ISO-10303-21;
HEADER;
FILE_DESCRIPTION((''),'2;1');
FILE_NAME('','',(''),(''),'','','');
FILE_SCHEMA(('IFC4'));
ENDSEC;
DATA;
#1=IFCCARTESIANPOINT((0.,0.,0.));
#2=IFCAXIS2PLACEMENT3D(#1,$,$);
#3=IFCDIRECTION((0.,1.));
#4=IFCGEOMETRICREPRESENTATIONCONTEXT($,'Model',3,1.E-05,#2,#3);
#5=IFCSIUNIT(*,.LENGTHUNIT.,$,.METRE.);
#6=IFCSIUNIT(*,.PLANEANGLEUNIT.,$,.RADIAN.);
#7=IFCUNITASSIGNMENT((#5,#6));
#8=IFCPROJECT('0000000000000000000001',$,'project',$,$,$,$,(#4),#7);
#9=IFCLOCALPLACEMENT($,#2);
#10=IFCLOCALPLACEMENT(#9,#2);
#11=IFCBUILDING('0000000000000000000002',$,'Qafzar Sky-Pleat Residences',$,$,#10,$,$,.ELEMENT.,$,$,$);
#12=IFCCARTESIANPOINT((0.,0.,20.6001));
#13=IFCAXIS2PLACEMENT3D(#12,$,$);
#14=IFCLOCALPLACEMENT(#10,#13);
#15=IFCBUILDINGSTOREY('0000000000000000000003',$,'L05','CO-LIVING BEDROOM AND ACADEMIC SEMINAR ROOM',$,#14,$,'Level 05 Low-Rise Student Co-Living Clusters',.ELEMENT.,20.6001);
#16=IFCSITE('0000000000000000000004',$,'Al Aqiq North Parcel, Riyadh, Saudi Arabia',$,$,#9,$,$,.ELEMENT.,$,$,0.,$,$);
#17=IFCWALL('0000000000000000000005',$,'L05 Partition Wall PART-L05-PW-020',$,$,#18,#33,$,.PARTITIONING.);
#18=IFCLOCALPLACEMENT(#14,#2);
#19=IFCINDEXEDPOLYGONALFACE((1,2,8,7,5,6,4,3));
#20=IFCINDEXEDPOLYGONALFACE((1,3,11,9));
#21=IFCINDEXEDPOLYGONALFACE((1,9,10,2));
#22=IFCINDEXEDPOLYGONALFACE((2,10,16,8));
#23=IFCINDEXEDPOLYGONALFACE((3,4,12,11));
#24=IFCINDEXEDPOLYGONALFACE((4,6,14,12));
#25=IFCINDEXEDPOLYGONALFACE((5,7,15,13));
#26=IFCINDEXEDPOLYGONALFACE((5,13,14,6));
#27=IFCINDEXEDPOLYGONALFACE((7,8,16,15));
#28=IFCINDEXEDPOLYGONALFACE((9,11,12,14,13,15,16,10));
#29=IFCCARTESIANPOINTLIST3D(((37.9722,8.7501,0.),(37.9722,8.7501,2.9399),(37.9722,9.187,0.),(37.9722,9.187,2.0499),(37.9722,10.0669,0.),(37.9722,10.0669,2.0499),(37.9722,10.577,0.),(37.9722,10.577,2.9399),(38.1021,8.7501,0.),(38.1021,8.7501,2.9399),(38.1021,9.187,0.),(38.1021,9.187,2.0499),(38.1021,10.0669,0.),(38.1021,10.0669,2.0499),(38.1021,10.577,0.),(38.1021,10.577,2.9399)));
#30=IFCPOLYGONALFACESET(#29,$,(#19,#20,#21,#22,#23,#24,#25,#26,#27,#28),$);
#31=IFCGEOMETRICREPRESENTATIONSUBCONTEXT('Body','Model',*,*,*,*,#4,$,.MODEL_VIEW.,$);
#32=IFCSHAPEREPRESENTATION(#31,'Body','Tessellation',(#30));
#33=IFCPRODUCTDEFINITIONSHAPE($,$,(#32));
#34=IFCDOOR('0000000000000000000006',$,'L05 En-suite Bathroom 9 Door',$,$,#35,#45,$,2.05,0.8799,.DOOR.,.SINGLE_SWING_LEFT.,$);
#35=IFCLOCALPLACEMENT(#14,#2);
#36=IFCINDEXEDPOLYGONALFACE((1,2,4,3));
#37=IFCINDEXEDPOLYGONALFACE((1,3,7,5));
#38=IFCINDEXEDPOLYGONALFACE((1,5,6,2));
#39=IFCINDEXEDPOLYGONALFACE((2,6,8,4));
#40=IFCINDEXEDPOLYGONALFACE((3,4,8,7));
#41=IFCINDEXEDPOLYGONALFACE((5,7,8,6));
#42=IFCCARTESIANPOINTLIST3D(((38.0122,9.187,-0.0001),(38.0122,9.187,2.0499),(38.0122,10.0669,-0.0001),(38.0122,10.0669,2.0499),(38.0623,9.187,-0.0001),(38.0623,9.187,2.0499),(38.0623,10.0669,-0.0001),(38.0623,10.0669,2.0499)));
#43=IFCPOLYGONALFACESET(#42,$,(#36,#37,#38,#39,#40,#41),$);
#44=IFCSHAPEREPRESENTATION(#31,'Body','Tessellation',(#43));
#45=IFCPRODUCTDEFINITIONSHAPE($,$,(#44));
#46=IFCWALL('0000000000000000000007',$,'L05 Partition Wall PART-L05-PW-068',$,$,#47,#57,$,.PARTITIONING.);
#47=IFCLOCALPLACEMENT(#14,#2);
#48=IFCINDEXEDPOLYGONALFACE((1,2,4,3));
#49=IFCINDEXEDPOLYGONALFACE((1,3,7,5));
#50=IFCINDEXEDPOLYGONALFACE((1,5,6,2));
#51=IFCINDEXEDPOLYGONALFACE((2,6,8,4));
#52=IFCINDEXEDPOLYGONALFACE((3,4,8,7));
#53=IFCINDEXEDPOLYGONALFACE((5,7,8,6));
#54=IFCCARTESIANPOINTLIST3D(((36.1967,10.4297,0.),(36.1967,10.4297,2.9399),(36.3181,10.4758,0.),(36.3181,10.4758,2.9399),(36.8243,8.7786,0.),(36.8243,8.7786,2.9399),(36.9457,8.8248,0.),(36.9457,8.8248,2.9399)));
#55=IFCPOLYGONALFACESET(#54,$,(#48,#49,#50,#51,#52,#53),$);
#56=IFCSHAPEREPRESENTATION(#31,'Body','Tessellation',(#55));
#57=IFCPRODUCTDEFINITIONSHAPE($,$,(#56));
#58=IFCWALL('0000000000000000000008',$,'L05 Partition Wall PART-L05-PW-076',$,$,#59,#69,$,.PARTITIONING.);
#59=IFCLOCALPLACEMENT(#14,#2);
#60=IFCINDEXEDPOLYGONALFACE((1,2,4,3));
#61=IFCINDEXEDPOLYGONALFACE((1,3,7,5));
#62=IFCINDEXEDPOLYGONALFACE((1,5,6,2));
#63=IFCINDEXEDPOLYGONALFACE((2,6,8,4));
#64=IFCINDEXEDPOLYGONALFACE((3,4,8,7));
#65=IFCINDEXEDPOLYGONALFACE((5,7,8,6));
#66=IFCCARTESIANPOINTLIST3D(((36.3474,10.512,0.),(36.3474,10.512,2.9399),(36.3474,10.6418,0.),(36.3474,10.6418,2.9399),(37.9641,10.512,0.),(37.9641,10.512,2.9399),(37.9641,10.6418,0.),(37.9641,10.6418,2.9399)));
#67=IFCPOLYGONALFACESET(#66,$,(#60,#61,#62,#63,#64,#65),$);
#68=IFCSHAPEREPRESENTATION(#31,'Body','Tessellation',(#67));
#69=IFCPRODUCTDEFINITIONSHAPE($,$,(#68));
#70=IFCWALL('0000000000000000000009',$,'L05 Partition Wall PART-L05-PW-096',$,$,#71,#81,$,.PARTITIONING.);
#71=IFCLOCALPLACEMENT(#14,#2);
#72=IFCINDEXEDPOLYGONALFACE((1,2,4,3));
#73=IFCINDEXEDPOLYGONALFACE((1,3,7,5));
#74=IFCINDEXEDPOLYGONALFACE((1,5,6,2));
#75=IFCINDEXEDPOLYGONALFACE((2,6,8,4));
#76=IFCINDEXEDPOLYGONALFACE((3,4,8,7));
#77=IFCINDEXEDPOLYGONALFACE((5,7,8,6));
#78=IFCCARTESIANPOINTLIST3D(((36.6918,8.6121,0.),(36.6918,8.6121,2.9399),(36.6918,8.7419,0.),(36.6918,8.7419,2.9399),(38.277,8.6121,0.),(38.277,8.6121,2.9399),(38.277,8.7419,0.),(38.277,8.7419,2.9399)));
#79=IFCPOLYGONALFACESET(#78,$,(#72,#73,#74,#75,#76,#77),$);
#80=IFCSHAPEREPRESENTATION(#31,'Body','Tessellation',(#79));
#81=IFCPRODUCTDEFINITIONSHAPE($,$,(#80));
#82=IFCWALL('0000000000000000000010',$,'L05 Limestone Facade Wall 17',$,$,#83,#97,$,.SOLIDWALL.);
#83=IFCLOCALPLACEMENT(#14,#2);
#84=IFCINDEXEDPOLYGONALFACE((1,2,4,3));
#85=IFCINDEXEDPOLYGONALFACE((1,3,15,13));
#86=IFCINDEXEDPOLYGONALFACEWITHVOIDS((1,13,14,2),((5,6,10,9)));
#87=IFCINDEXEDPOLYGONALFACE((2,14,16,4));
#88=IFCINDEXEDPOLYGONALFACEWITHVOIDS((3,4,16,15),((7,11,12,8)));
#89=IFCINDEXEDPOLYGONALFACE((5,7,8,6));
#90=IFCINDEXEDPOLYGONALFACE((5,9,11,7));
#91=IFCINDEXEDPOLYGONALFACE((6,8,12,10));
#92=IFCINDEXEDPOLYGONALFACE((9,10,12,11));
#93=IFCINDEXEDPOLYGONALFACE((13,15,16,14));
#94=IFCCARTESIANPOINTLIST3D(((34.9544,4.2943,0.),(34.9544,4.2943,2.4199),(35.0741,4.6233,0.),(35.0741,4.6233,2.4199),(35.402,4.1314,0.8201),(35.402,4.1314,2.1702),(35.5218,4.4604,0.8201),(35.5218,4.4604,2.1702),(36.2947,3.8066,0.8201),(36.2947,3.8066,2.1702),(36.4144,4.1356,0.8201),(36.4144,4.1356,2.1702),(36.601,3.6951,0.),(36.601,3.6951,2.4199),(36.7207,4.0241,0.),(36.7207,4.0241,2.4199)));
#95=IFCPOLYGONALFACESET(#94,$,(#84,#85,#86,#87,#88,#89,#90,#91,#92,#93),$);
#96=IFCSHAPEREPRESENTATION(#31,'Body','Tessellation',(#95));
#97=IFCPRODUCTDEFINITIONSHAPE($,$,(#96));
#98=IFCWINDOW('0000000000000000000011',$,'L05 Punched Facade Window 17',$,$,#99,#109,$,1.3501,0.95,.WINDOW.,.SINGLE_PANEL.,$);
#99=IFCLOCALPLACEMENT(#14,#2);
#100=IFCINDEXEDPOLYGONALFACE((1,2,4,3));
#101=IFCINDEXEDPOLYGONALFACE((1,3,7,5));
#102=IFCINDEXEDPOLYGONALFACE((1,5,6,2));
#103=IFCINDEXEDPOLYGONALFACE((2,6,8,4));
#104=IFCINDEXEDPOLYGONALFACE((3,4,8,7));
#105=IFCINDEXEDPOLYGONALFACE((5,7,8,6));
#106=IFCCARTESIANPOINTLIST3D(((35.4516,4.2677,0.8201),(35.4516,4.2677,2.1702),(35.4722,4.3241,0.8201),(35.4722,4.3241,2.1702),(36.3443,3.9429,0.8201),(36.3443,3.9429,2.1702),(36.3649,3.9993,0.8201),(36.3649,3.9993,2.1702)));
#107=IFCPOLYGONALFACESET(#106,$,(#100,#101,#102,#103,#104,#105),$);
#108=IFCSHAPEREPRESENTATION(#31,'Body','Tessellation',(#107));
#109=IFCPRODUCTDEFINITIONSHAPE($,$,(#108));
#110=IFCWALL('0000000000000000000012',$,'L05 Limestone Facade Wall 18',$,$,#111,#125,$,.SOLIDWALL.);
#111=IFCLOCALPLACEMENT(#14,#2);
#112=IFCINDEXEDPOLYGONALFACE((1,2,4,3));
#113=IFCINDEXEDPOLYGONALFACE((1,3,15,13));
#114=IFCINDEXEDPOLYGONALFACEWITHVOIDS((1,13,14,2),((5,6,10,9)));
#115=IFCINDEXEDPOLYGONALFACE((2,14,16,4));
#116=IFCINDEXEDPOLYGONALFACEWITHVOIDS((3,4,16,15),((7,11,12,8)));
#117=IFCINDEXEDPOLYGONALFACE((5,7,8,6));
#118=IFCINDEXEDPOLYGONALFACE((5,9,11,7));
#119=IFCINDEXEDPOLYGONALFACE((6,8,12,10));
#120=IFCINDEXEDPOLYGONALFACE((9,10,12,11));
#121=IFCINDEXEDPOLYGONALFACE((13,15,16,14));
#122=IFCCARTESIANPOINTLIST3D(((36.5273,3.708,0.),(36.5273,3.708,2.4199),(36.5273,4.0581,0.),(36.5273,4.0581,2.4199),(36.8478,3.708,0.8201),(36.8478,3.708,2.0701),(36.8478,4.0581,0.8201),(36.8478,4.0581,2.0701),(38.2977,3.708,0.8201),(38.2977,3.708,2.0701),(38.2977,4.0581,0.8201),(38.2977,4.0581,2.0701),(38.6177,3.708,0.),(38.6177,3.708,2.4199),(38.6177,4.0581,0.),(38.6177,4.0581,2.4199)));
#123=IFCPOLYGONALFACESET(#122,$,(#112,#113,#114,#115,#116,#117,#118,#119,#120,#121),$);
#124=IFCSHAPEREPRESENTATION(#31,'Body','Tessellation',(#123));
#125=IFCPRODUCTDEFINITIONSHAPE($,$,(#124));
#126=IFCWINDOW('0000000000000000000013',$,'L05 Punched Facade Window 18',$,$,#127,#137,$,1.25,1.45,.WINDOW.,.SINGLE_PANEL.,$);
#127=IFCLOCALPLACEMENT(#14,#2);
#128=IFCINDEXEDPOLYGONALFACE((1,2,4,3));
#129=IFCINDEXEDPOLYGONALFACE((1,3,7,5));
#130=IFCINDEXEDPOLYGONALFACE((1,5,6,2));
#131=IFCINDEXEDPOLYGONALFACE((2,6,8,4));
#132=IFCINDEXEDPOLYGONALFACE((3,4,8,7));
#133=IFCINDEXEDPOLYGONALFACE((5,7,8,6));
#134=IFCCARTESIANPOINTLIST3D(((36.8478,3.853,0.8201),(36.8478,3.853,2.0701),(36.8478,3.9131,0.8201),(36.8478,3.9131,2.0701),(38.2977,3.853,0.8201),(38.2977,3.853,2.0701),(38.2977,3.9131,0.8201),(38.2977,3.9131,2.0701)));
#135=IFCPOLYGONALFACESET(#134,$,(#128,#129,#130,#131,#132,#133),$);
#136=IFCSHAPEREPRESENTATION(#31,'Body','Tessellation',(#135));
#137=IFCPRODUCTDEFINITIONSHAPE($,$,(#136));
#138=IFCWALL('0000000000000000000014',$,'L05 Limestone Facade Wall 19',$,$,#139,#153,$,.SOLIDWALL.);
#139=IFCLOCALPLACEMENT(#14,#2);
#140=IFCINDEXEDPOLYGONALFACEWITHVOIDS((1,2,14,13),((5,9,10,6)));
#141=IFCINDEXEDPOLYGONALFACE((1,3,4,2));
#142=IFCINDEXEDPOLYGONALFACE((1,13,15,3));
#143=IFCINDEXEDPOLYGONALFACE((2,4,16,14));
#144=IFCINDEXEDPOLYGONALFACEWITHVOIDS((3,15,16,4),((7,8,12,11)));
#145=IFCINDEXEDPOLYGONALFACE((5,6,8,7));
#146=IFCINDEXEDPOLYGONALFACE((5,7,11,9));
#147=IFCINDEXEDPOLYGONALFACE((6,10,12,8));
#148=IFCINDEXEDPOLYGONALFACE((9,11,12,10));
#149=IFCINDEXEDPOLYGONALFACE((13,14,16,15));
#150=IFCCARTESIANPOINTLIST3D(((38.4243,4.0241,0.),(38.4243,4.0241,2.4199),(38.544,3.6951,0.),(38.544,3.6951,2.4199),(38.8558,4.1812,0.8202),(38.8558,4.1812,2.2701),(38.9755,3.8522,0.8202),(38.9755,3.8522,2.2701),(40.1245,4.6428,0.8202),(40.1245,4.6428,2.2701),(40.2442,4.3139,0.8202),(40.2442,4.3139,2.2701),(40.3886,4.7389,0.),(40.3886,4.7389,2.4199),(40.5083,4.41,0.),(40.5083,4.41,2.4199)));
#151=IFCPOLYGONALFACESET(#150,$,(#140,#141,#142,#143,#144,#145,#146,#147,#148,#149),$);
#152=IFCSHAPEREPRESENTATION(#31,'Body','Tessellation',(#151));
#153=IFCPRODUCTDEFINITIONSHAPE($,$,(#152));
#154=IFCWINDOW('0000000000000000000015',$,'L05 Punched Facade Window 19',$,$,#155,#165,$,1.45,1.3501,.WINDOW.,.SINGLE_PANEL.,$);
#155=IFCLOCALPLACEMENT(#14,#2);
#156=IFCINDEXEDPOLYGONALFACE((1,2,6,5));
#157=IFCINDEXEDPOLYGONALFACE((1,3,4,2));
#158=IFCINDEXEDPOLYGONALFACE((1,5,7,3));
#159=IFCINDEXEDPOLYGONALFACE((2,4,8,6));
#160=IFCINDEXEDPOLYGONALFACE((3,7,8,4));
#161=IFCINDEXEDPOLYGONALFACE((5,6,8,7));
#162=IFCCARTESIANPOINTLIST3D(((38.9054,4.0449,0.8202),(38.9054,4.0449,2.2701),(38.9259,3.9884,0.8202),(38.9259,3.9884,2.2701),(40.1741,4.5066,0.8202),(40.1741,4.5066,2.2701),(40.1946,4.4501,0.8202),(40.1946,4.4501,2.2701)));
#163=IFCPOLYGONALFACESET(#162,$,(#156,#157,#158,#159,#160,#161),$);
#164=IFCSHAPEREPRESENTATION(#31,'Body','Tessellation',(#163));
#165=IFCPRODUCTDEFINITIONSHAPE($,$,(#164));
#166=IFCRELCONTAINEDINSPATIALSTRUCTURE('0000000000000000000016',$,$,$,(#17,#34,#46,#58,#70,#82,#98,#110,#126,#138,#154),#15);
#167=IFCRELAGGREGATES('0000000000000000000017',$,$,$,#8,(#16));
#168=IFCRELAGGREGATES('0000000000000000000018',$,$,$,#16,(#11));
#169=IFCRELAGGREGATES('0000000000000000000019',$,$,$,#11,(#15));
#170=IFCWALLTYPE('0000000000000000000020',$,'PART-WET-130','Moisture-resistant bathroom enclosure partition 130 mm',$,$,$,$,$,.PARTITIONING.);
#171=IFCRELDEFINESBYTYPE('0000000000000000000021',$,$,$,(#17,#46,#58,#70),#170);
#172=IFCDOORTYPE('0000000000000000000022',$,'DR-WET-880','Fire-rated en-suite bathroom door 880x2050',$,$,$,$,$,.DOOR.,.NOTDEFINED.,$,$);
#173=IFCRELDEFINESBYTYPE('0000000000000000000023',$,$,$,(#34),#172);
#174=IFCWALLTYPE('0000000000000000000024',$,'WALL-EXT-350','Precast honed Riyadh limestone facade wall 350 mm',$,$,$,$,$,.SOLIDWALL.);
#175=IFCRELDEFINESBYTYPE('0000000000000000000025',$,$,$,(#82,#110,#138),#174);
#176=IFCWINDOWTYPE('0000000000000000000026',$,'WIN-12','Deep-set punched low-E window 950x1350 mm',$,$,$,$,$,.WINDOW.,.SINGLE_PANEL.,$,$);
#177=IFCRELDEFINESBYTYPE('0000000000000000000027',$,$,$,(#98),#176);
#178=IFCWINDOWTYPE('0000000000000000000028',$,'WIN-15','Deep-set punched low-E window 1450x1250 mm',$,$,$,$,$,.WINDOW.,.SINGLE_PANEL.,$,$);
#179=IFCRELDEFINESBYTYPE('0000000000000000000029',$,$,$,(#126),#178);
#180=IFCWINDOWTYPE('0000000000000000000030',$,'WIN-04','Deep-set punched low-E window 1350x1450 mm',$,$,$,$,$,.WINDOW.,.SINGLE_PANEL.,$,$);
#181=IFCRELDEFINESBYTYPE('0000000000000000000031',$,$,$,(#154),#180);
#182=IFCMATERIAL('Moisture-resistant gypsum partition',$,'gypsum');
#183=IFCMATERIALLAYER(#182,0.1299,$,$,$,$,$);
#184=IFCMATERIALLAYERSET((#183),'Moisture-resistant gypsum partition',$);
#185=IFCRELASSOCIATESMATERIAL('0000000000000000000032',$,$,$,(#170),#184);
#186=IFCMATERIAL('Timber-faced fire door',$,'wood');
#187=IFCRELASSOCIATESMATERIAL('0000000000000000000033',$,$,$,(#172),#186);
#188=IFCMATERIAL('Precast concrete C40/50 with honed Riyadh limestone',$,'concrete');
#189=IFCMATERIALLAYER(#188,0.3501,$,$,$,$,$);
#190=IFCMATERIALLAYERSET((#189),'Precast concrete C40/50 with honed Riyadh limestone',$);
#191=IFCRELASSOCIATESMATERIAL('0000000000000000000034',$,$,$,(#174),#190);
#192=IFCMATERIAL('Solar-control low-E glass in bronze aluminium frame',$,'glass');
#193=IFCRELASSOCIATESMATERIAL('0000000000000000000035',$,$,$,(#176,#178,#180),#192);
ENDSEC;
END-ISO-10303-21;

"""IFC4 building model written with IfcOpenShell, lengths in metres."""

from ifc_helpers import new_model, si_unit, direction, frame, frame_2d, origin, place, context, subcontext, project, spatial, rectangle, extrude, source, transform, mapped, material, layer, layer_set, type_object, element, fill, save


model = new_model("IFC4")

# Units and contexts
model_context = context("Model", 3, precision=1e-05, world=origin(), true_north=direction((0.0, 1.0)))
body_context = subcontext(model_context, "Body", "Model", "MODEL_VIEW")
ifc_project = project(units=[si_unit("LENGTHUNIT", "METRE"), si_unit("PLANEANGLEUNIT", "RADIAN")], contexts=[model_context])

# Site, building, storey
site_placement = place(None, origin())
site = spatial("IfcSite", under=ifc_project, at=site_placement, Name="Al Aqiq North Parcel, Riyadh, Saudi Arabia", CompositionType="ELEMENT", RefElevation=0.0)
building_placement = place(site_placement, origin())
building = spatial("IfcBuilding", under=site, at=building_placement, Name="Qafzar Sky-Pleat Residences", CompositionType="ELEMENT")
storey_placement = place(building_placement, frame((0.0, 0.0, 20.6001)))
storey = spatial("IfcBuildingStorey", under=building, at=storey_placement, Name="L05", Description="CO-LIVING BEDROOM AND ACADEMIC SEMINAR ROOM", LongName="Level 05 Low-Rise Student Co-Living Clusters", CompositionType="ELEMENT", Elevation=20.6001)

# Wall, opening, door
ifc_material_1 = material(Name="Moisture-resistant gypsum partition", Category="gypsum")
ifc_layer_1 = layer(ifc_material_1, 0.1299)
ifc_layer_set_1 = layer_set([ifc_layer_1], Name="Moisture-resistant gypsum partition")
wall_type_1 = type_object("IfcWallType", Name="PART-WET-130", Description="Moisture-resistant bathroom enclosure partition 130 mm", PredefinedType="PARTITIONING", material=ifc_layer_set_1)
wall_1_placement = place(storey_placement, frame((38.0371, 8.75, 0.0), z_axis=(0.0, 0.0, 1.0), x_axis=(0.0, 1.0, 0.0)))
wall_1 = element("IfcWall", 1, at=wall_1_placement, inside=storey, type_object=wall_type_1, Name="L05 Partition Wall PART-L05-PW-020", PredefinedType="PARTITIONING", context=body_context, shape_type="SweptSolid", body=[
    extrude(rectangle(XDim=1.8269, YDim=0.1299, at=frame_2d((0.9136, 0.0))), origin(), (0.0, 0.0, 1.0), 2.9399),
])
opening_1_placement = place(wall_1_placement, frame((0.437, 0.0, 0.0)))
opening_1 = element("IfcOpeningElement", 2, at=opening_1_placement, cuts=wall_1, PredefinedType="OPENING", context=body_context, shape_type="SweptSolid", body=[
    extrude(rectangle(XDim=0.8799, YDim=2.05, at=frame_2d((0.4399, 1.0249))), frame((0.0, 0.075, 0.0), z_axis=(0.0, -1.0, 0.0), x_axis=(1.0, 0.0, 0.0)), (0.0, 0.0, 1.0), 0.1499),
])
ifc_material_2 = material(Name="Timber-faced fire door", Category="wood")
door_type = type_object("IfcDoorType", Name="DR-WET-880", Description="Fire-rated en-suite bathroom door 880x2050", OperationType="NOTDEFINED", PredefinedType="DOOR", material=ifc_material_2)
shared_shape_1 = source(origin(), body_context, "Body", "SweptSolid", [
    extrude(rectangle(XDim=0.8799, YDim=2.05, at=frame_2d((0.4399, 1.0249))), frame((0.0, 0.0249, 0.0), z_axis=(0.0, -1.0, 0.0), x_axis=(1.0, 0.0, 0.0)), (0.0, 0.0, 1.0), 0.05),
])
door_placement = place(opening_1_placement, origin())
door = element("IfcDoor", 3, at=door_placement, inside=storey, type_object=door_type, Name="L05 En-suite Bathroom 9 Door", OperationType="SINGLE_SWING_LEFT", OverallHeight=2.05, OverallWidth=0.8799, PredefinedType="DOOR", context=body_context, shape_type="MappedRepresentation", body=[
    mapped(shared_shape_1, transform((0.0, 0.0, 0.0), x_axis=(1.0, 0.0, 0.0), y_axis=(0.0, 1.0, 0.0), z_axis=(0.0, 0.0, 1.0), scale=1.0)),
])
fill(opening_1, door)

# Walls
wall_2_placement = place(storey_placement, frame((36.2573, 10.4529, 0.0), z_axis=(0.0, 0.0, 1.0), x_axis=(0.355346, -0.934735, 0.0)))
element("IfcWall", 4, at=wall_2_placement, inside=storey, type_object=wall_type_1, Name="L05 Partition Wall PART-L05-PW-068", PredefinedType="PARTITIONING", context=body_context, shape_type="SweptSolid", body=[
    extrude(rectangle(XDim=1.7664, YDim=0.1299, at=frame_2d((0.8833, 0.0))), origin(), (0.0, 0.0, 1.0), 2.9399),
])
wall_3_placement = place(storey_placement, frame((36.3474, 10.5769, 0.0), z_axis=(0.0, 0.0, 1.0), x_axis=(1.0, 0.0, 0.0)))
element("IfcWall", 5, at=wall_3_placement, inside=storey, type_object=wall_type_1, Name="L05 Partition Wall PART-L05-PW-076", PredefinedType="PARTITIONING", context=body_context, shape_type="SweptSolid", body=[
    extrude(rectangle(XDim=1.6167, YDim=0.1299, at=frame_2d((0.8083, 0.0))), origin(), (0.0, 0.0, 1.0), 2.9399),
])
wall_4_placement = place(storey_placement, frame((36.6919, 8.677, 0.0), z_axis=(0.0, 0.0, 1.0), x_axis=(1.0, 0.0, 0.0)))
element("IfcWall", 6, at=wall_4_placement, inside=storey, type_object=wall_type_1, Name="L05 Partition Wall PART-L05-PW-096", PredefinedType="PARTITIONING", context=body_context, shape_type="SweptSolid", body=[
    extrude(rectangle(XDim=1.5852, YDim=0.1299, at=frame_2d((0.7925, 0.0))), origin(), (0.0, 0.0, 1.0), 2.9399),
])

# Walls, openings, windows
ifc_material_3 = material(Name="Precast concrete C40/50 with honed Riyadh limestone", Category="concrete")
ifc_layer_2 = layer(ifc_material_3, 0.3501)
ifc_layer_set_2 = layer_set([ifc_layer_2], Name="Precast concrete C40/50 with honed Riyadh limestone")
wall_type_2 = type_object("IfcWallType", Name="WALL-EXT-350", Description="Precast honed Riyadh limestone facade wall 350 mm", PredefinedType="SOLIDWALL", material=ifc_layer_set_2)
wall_5_placement = place(storey_placement, frame((35.0144, 4.4587, 0.0), z_axis=(0.0, 0.0, 1.0), x_axis=(0.93972, -0.341944, 0.0)))
wall_5 = element("IfcWall", 7, at=wall_5_placement, inside=storey, type_object=wall_type_2, Name="L05 Limestone Facade Wall 17", PredefinedType="SOLIDWALL", context=body_context, shape_type="SweptSolid", body=[
    extrude(rectangle(XDim=1.7522, YDim=0.3501, at=frame_2d((0.876, 0.0))), origin(), (0.0, 0.0, 1.0), 2.4199),
])
opening_2_placement = place(wall_5_placement, frame((0.4761, 0.0, 0.8201)))
opening_2 = element("IfcOpeningElement", 8, at=opening_2_placement, cuts=wall_5, PredefinedType="OPENING", context=body_context, shape_type="SweptSolid", body=[
    extrude(rectangle(XDim=0.95, YDim=1.3501, at=frame_2d((0.4751, 0.675))), frame((0.0, 0.1851, 0.0), z_axis=(0.0, -1.0, 0.0), x_axis=(1.0, 0.0, 0.0)), (0.0, 0.0, 1.0), 0.3701),
])
ifc_material_4 = material(Name="Solar-control low-E glass in bronze aluminium frame", Category="glass")
window_type_1 = type_object("IfcWindowType", Name="WIN-12", Description="Deep-set punched low-E window 950x1350 mm", PartitioningType="SINGLE_PANEL", PredefinedType="WINDOW", material=ifc_material_4)
shared_shape_2 = source(origin(), body_context, "Body", "SweptSolid", [
    extrude(rectangle(XDim=0.95, YDim=1.3501, at=frame_2d((0.4751, 0.675))), frame((0.0, 0.03, 0.0), z_axis=(0.0, -1.0, 0.0), x_axis=(1.0, 0.0, 0.0)), (0.0, 0.0, 1.0), 0.0601),
])
window_1_placement = place(opening_2_placement, origin())
window_1 = element("IfcWindow", 9, at=window_1_placement, inside=storey, type_object=window_type_1, Name="L05 Punched Facade Window 17", OverallHeight=1.3501, OverallWidth=0.95, PartitioningType="SINGLE_PANEL", PredefinedType="WINDOW", context=body_context, shape_type="MappedRepresentation", body=[
    mapped(shared_shape_2, transform((0.0, 0.0, 0.0), x_axis=(1.0, 0.0, 0.0), y_axis=(0.0, 1.0, 0.0), z_axis=(0.0, 0.0, 1.0), scale=1.0)),
])
fill(opening_2, window_1)
wall_6_placement = place(storey_placement, frame((36.5273, 3.8831, 0.0), z_axis=(0.0, 0.0, 1.0), x_axis=(1.0, 0.0, 0.0)))
wall_6 = element("IfcWall", 10, at=wall_6_placement, inside=storey, type_object=wall_type_2, Name="L05 Limestone Facade Wall 18", PredefinedType="SOLIDWALL", context=body_context, shape_type="SweptSolid", body=[
    extrude(rectangle(XDim=2.0903, YDim=0.3501, at=frame_2d((1.0452, 0.0))), origin(), (0.0, 0.0, 1.0), 2.4199),
])
opening_3_placement = place(wall_6_placement, frame((0.3203, 0.0, 0.8201)))
opening_3 = element("IfcOpeningElement", 11, at=opening_3_placement, cuts=wall_6, PredefinedType="OPENING", context=body_context, shape_type="SweptSolid", body=[
    extrude(rectangle(XDim=1.45, YDim=1.25, at=frame_2d((0.7251, 0.625))), frame((0.0, 0.1851, 0.0), z_axis=(0.0, -1.0, 0.0), x_axis=(1.0, 0.0, 0.0)), (0.0, 0.0, 1.0), 0.3701),
])
window_type_2 = type_object("IfcWindowType", Name="WIN-15", Description="Deep-set punched low-E window 1450x1250 mm", PartitioningType="SINGLE_PANEL", PredefinedType="WINDOW", material=ifc_material_4)
shared_shape_3 = source(origin(), body_context, "Body", "SweptSolid", [
    extrude(rectangle(XDim=1.45, YDim=1.25, at=frame_2d((0.7251, 0.625))), frame((0.0, 0.03, 0.0), z_axis=(0.0, -1.0, 0.0), x_axis=(1.0, 0.0, 0.0)), (0.0, 0.0, 1.0), 0.0601),
])
window_2_placement = place(opening_3_placement, origin())
window_2 = element("IfcWindow", 12, at=window_2_placement, inside=storey, type_object=window_type_2, Name="L05 Punched Facade Window 18", OverallHeight=1.25, OverallWidth=1.45, PartitioningType="SINGLE_PANEL", PredefinedType="WINDOW", context=body_context, shape_type="MappedRepresentation", body=[
    mapped(shared_shape_3, transform((0.0, 0.0, 0.0), x_axis=(1.0, 0.0, 0.0), y_axis=(0.0, 1.0, 0.0), z_axis=(0.0, 0.0, 1.0), scale=1.0)),
])
fill(opening_3, window_2)
wall_7_placement = place(storey_placement, frame((38.4841, 3.8596, 0.0), z_axis=(0.0, 0.0, 1.0), x_axis=(0.939712, 0.341968, 0.0)))
wall_7 = element("IfcWall", 13, at=wall_7_placement, inside=storey, type_object=wall_type_2, Name="L05 Limestone Facade Wall 19", PredefinedType="SOLIDWALL", context=body_context, shape_type="SweptSolid", body=[
    extrude(rectangle(XDim=2.0903, YDim=0.3501, at=frame_2d((1.0452, 0.0))), origin(), (0.0, 0.0, 1.0), 2.4199),
])
opening_4_placement = place(wall_7_placement, frame((0.4592, 0.0, 0.8201)))
opening_4 = element("IfcOpeningElement", 14, at=opening_4_placement, cuts=wall_7, PredefinedType="OPENING", context=body_context, shape_type="SweptSolid", body=[
    extrude(rectangle(XDim=1.3501, YDim=1.45, at=frame_2d((0.675, 0.7251))), frame((0.0, 0.1851, 0.0), z_axis=(0.0, -1.0, 0.0), x_axis=(1.0, 0.0, 0.0)), (0.0, 0.0, 1.0), 0.3701),
])
window_type_3 = type_object("IfcWindowType", Name="WIN-04", Description="Deep-set punched low-E window 1350x1450 mm", PartitioningType="SINGLE_PANEL", PredefinedType="WINDOW", material=ifc_material_4)
shared_shape_4 = source(origin(), body_context, "Body", "SweptSolid", [
    extrude(rectangle(XDim=1.3501, YDim=1.45, at=frame_2d((0.675, 0.7251))), frame((0.0, 0.03, 0.0), z_axis=(0.0, -1.0, 0.0), x_axis=(1.0, 0.0, 0.0)), (0.0, 0.0, 1.0), 0.0601),
])
window_3_placement = place(opening_4_placement, origin())
window_3 = element("IfcWindow", 15, at=window_3_placement, inside=storey, type_object=window_type_3, Name="L05 Punched Facade Window 19", OverallHeight=1.45, OverallWidth=1.3501, PartitioningType="SINGLE_PANEL", PredefinedType="WINDOW", context=body_context, shape_type="MappedRepresentation", body=[
    mapped(shared_shape_4, transform((0.0, 0.0, 0.0), x_axis=(1.0, 0.0, 0.0), y_axis=(0.0, 1.0, 0.0), z_axis=(0.0, 0.0, 1.0), scale=1.0)),
])
fill(opening_4, window_3)

save(model, "model.ifc")
